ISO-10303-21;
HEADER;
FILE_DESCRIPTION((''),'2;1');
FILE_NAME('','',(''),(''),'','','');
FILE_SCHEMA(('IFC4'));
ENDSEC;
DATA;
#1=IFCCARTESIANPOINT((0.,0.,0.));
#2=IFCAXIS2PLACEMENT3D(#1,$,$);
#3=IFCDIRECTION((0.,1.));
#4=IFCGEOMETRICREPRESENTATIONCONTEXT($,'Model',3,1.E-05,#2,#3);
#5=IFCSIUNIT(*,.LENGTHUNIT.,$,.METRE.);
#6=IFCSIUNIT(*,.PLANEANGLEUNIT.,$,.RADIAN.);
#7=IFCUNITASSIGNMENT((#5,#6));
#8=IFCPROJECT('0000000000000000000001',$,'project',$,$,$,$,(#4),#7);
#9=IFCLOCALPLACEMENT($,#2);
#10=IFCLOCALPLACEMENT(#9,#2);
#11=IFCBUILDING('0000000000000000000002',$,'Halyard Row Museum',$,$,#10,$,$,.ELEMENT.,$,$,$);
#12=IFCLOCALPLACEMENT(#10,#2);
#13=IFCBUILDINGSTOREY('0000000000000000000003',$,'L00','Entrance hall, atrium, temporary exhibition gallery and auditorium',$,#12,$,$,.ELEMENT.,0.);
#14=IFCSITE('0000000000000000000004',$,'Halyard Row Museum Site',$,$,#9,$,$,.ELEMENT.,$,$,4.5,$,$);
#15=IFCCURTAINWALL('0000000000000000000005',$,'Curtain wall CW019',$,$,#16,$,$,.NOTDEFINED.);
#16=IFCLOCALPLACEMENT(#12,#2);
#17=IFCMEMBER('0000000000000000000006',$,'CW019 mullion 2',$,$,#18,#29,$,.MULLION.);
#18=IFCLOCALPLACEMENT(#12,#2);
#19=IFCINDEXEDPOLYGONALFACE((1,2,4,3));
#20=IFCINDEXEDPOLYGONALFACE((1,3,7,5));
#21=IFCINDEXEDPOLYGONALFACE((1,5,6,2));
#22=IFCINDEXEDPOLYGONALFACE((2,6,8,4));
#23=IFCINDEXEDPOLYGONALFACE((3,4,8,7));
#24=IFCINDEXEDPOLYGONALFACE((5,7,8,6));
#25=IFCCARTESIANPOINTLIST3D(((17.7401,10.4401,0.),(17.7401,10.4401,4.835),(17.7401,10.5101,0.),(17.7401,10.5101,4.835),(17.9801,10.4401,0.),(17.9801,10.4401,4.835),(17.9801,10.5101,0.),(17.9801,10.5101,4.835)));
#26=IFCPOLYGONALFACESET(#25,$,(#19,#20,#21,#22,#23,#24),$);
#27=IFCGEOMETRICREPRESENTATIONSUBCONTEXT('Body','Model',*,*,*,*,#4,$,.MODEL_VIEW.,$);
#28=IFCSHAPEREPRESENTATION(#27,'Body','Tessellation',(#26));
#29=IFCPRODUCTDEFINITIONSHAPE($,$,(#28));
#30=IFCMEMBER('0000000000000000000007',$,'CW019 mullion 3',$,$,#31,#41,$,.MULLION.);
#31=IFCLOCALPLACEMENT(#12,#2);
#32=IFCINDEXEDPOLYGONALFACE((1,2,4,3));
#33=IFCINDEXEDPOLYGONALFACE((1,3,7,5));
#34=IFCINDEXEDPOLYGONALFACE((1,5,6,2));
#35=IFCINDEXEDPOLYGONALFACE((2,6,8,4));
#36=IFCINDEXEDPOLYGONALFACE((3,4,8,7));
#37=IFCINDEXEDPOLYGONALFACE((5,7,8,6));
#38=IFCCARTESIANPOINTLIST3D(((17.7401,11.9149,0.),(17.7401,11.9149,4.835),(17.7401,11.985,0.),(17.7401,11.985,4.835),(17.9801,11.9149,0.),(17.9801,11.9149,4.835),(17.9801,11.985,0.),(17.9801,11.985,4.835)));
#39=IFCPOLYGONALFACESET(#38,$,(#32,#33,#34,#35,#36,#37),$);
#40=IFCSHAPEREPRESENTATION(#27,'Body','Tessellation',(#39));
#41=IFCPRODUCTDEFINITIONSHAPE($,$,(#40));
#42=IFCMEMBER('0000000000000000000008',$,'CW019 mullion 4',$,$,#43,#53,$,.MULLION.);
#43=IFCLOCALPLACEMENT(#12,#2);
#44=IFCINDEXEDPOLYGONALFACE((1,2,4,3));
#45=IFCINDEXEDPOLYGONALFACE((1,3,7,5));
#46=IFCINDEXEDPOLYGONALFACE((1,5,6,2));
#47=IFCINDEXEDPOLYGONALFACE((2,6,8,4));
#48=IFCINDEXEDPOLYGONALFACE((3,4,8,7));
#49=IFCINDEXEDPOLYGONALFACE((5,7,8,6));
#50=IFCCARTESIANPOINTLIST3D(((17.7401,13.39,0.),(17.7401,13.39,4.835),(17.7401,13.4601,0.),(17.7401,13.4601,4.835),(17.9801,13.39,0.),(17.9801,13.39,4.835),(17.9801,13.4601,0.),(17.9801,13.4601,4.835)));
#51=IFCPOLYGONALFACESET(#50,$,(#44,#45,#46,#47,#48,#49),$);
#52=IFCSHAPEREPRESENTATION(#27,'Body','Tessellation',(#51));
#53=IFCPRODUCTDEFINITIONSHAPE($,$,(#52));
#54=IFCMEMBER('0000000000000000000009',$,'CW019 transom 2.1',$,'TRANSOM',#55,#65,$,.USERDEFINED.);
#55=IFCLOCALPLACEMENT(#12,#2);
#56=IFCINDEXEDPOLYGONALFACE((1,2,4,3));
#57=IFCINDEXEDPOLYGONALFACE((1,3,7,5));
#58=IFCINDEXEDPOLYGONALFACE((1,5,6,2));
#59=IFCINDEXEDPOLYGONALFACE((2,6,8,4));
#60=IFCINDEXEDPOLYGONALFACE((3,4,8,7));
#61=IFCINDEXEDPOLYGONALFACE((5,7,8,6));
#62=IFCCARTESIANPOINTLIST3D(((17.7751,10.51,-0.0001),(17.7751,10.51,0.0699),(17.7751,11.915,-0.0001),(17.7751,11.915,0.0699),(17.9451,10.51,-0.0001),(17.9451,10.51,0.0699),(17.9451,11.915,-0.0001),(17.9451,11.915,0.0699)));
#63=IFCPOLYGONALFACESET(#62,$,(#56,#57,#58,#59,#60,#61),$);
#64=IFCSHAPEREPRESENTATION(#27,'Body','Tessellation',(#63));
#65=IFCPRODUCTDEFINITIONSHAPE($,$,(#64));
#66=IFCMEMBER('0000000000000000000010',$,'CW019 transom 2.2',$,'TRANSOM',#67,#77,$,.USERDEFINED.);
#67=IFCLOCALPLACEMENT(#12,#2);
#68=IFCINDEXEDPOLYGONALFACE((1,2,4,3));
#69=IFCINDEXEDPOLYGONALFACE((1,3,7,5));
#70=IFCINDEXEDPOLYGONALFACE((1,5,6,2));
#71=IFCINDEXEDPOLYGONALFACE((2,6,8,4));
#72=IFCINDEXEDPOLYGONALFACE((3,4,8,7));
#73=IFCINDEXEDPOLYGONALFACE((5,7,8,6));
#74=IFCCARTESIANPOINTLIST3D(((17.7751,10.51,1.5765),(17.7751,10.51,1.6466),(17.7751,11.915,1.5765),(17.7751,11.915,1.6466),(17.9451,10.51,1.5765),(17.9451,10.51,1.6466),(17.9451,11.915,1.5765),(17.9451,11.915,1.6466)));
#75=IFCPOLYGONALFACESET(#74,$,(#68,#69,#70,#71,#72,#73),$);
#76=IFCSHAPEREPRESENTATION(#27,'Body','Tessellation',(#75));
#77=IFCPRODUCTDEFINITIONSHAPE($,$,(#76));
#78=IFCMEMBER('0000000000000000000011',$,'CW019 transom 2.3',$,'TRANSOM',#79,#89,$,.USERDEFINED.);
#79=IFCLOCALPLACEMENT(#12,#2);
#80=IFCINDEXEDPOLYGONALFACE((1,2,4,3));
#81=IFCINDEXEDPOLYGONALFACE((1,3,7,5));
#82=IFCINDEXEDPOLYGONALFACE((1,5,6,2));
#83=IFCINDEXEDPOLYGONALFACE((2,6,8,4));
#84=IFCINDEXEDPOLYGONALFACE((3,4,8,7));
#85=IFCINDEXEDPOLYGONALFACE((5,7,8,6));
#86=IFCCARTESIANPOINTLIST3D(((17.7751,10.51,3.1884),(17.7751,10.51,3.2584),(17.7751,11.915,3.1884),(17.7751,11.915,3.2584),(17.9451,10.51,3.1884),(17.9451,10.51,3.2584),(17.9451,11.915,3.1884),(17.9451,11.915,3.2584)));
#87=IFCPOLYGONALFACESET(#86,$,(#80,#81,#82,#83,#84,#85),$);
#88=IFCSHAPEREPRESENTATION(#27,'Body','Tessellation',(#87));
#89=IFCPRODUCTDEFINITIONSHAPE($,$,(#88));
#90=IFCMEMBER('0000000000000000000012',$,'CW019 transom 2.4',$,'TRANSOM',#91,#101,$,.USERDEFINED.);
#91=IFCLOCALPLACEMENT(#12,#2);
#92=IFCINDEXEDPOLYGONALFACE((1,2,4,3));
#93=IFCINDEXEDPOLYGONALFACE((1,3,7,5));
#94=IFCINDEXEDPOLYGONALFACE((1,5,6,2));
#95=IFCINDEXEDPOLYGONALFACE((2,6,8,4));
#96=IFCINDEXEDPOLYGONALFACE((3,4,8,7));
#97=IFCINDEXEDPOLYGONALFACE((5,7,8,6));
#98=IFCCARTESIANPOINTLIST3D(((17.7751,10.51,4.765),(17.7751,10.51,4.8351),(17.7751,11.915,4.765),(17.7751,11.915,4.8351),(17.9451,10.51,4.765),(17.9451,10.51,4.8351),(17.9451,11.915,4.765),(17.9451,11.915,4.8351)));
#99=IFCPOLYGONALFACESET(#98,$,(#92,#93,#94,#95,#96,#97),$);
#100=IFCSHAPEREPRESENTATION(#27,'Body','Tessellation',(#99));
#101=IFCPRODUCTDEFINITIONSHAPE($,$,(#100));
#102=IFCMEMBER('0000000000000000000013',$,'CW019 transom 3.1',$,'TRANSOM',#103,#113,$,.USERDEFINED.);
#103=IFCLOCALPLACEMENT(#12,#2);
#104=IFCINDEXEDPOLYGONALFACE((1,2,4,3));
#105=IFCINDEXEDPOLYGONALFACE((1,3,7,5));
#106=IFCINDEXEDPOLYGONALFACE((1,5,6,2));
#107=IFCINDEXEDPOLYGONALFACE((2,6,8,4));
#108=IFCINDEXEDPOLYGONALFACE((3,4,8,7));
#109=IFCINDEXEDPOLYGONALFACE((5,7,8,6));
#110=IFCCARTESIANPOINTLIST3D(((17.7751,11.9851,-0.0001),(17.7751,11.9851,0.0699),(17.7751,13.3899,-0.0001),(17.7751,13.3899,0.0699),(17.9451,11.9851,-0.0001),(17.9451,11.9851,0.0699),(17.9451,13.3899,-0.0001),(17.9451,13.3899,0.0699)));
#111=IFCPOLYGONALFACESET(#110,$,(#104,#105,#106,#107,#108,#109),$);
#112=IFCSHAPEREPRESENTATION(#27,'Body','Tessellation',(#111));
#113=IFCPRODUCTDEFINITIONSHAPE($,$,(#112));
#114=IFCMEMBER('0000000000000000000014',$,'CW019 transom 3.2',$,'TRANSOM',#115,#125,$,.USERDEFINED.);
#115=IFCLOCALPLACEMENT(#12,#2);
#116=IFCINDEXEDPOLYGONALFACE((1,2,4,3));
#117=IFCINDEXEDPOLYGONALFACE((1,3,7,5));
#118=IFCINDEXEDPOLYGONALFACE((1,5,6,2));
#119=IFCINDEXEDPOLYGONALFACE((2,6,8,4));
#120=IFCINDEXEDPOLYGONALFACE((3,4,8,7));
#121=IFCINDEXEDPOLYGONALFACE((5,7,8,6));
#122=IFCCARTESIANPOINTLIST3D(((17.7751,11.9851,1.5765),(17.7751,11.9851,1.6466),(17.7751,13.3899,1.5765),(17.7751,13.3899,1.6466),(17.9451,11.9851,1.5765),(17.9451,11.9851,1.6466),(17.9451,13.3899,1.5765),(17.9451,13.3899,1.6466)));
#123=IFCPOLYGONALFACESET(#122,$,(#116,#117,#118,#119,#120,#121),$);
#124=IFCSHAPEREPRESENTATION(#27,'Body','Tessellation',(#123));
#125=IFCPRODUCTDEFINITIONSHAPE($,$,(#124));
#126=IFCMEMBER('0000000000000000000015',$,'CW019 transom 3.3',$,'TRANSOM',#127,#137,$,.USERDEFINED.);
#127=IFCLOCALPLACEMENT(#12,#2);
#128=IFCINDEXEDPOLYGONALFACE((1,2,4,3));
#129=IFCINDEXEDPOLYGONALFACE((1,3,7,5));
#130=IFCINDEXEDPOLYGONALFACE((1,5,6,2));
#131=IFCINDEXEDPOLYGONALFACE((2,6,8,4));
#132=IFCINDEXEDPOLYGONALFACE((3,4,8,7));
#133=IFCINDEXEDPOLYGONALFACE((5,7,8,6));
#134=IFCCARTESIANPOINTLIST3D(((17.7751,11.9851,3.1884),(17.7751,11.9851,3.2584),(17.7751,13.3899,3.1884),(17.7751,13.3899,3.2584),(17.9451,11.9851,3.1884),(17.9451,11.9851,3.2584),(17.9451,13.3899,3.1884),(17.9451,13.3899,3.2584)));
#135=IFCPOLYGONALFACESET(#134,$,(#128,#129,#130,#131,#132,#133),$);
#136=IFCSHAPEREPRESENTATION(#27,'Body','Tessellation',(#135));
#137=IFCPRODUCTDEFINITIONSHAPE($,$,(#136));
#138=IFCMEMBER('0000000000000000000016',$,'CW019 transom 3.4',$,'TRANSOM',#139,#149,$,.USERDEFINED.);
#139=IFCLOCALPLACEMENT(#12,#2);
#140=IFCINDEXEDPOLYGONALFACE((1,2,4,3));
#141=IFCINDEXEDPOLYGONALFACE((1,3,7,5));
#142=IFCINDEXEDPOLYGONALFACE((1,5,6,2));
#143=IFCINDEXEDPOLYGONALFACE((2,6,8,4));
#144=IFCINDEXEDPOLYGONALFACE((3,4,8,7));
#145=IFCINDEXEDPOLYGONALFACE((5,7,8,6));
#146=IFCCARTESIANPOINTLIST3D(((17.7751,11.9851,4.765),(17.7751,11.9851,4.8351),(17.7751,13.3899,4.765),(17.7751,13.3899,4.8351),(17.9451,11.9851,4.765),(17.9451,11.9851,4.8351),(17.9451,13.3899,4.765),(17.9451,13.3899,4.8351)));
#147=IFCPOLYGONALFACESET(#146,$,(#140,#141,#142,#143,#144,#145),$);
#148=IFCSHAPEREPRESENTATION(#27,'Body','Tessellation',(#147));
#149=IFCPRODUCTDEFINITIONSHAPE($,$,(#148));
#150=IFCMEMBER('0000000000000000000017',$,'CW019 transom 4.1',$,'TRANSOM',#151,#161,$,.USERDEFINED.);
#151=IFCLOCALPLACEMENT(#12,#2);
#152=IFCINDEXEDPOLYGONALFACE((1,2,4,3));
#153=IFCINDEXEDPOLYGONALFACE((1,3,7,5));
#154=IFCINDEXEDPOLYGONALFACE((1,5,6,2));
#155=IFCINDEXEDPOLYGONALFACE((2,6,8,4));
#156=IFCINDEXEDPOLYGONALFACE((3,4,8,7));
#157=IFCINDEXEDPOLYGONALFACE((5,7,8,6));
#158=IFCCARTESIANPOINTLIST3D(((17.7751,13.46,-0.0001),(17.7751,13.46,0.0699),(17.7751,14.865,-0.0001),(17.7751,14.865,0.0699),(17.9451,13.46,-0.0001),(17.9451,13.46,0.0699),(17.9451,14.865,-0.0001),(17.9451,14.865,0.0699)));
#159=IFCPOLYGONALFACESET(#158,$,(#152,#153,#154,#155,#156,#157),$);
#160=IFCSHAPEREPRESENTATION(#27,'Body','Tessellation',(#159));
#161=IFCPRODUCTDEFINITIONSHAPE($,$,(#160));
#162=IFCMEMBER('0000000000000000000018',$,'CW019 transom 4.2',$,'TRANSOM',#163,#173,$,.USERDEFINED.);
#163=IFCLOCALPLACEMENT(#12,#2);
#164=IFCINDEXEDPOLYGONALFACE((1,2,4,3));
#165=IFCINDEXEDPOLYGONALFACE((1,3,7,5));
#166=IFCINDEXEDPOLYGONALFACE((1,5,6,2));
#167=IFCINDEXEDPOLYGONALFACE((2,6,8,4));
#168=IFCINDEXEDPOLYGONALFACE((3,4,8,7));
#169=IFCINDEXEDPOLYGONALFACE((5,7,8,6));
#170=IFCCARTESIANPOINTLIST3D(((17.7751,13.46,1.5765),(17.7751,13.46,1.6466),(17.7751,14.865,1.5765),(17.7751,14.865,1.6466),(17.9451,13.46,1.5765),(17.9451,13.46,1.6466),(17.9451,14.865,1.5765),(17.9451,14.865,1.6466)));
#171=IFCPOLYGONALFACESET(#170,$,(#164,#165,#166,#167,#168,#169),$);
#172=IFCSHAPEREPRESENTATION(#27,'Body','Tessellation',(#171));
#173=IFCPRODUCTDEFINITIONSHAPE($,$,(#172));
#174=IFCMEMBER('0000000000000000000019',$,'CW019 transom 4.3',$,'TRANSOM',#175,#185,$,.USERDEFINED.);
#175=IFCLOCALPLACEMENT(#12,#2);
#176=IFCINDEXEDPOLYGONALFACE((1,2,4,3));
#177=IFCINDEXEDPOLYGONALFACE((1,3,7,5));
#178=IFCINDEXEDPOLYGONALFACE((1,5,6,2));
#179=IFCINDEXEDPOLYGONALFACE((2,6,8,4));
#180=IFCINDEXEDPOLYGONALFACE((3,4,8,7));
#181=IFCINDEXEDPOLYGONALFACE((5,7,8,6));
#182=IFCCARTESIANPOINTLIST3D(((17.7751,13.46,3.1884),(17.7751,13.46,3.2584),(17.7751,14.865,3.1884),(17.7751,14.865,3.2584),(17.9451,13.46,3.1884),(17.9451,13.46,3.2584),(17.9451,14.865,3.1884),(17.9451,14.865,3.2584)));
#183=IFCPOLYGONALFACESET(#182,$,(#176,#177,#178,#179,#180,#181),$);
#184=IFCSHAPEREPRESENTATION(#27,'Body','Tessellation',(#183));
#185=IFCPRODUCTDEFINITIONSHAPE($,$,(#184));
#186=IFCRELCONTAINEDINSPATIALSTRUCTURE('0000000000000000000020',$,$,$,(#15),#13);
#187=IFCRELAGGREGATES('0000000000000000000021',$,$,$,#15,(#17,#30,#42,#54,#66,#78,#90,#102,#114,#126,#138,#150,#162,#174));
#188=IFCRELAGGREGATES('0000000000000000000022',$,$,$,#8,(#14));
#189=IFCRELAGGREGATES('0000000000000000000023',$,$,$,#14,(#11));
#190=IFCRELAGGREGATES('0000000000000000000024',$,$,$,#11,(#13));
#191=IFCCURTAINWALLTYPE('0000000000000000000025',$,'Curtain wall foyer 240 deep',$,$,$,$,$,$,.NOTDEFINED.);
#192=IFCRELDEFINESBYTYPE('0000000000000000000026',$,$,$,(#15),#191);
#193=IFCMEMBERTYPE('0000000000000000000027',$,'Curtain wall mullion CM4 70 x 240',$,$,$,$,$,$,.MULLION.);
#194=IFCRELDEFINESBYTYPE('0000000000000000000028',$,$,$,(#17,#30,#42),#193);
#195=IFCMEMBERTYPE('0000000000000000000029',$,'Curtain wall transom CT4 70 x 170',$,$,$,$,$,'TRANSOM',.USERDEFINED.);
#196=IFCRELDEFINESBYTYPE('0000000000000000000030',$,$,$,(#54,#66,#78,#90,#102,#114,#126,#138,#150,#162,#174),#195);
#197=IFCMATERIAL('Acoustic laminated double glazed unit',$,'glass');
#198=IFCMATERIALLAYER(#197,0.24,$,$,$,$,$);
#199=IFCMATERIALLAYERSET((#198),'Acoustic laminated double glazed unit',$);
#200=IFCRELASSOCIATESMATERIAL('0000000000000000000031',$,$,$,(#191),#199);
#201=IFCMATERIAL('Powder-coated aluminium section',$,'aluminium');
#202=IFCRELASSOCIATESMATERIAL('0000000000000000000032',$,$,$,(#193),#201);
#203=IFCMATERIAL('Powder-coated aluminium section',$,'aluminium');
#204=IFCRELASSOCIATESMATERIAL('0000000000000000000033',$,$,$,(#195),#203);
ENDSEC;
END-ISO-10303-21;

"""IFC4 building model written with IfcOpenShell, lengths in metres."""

from ifc_helpers import new_model, si_unit, direction, frame, origin, origin_2d, place, context, subcontext, project, spatial, rectangle, extrude, material, layer, layer_set, material_profile, profile_set, type_object, element, aggregate, save


model = new_model("IFC4")

# Units and contexts
model_context = context("Model", 3, precision=1e-05, world=origin(), true_north=direction((0.0, 1.0)))
body_context = subcontext(model_context, "Body", "Model", "MODEL_VIEW")
ifc_project = project(units=[si_unit("LENGTHUNIT", "METRE"), si_unit("PLANEANGLEUNIT", "RADIAN")], contexts=[model_context])

# Site, building, storey
site_placement = place(None, origin())
site = spatial("IfcSite", under=ifc_project, at=site_placement, Name="Halyard Row Museum Site", CompositionType="ELEMENT", RefElevation=4.5)
building_placement = place(site_placement, origin())
building = spatial("IfcBuilding", under=site, at=building_placement, Name="Halyard Row Museum", CompositionType="ELEMENT")
storey_placement = place(building_placement, origin())
storey = spatial("IfcBuildingStorey", under=building, at=storey_placement, Name="L00", Description="Entrance hall, atrium, temporary exhibition gallery and auditorium", CompositionType="ELEMENT", Elevation=0.0)

# Curtain wall, members
ifc_material_1 = material(Name="Acoustic laminated double glazed unit", Category="glass")
ifc_layer_1 = layer(ifc_material_1, 0.24)
ifc_layer_set_1 = layer_set([ifc_layer_1], Name="Acoustic laminated double glazed unit")
curtain_wall_type = type_object("IfcCurtainWallType", Name="Curtain wall foyer 240 deep", PredefinedType="NOTDEFINED", material=ifc_layer_set_1)
curtain_wall_placement = place(storey_placement, origin())
curtain_wall = element("IfcCurtainWall", 1, at=curtain_wall_placement, inside=storey, type_object=curtain_wall_type, Name="Curtain wall CW019", PredefinedType="NOTDEFINED")
ifc_material_2 = material(Name="Powder-coated aluminium section", Category="aluminium")
ifc_material_profile_1 = material_profile(ifc_material_2, rectangle(XDim=0.24, YDim=0.0701, at=origin_2d()), Name="240x70 mullion")
ifc_profile_set_1 = profile_set([ifc_material_profile_1], Name="Powder-coated aluminium section")
member_type_1 = type_object("IfcMemberType", Name="Curtain wall mullion CM4 70 x 240", PredefinedType="MULLION", material=ifc_profile_set_1)
member_1_placement = place(storey_placement, frame((17.8601, 10.4751, 0.0), z_axis=(0.0, 0.0, 1.0), x_axis=(-1.0, 0.0, 0.0)))
member_1 = element("IfcMember", 2, at=member_1_placement, type_object=member_type_1, Name="CW019 mullion 2", PredefinedType="MULLION", context=body_context, shape_type="SweptSolid", body=[
    extrude(rectangle(XDim=0.24, YDim=0.0701, at=origin_2d()), origin(), (0.0, 0.0, 1.0), 4.835),
])
member_2_placement = place(storey_placement, frame((17.8601, 11.95, 0.0), z_axis=(0.0, 0.0, 1.0), x_axis=(-1.0, 0.0, 0.0)))
member_2 = element("IfcMember", 3, at=member_2_placement, type_object=member_type_1, Name="CW019 mullion 3", PredefinedType="MULLION", context=body_context, shape_type="SweptSolid", body=[
    extrude(rectangle(XDim=0.24, YDim=0.0701, at=origin_2d()), origin(), (0.0, 0.0, 1.0), 4.835),
])
member_3_placement = place(storey_placement, frame((17.8601, 13.425, 0.0), z_axis=(0.0, 0.0, 1.0), x_axis=(-1.0, 0.0, 0.0)))
member_3 = element("IfcMember", 4, at=member_3_placement, type_object=member_type_1, Name="CW019 mullion 4", PredefinedType="MULLION", context=body_context, shape_type="SweptSolid", body=[
    extrude(rectangle(XDim=0.24, YDim=0.0701, at=origin_2d()), origin(), (0.0, 0.0, 1.0), 4.835),
])
ifc_material_3 = material(Name="Powder-coated aluminium section", Category="aluminium")
ifc_material_profile_2 = material_profile(ifc_material_3, rectangle(XDim=0.1699, YDim=0.0701, at=origin_2d()), Name="170x70 transom")
ifc_profile_set_2 = profile_set([ifc_material_profile_2], Name="Powder-coated aluminium section")
member_type_2 = type_object("IfcMemberType", Name="Curtain wall transom CT4 70 x 170", ElementType="TRANSOM", PredefinedType="USERDEFINED", material=ifc_profile_set_2)
member_4_placement = place(storey_placement, frame((17.8601, 10.51, 0.0349), z_axis=(0.0, 1.0, 0.0), x_axis=(-1.0, 0.0, 0.0)))
member_4 = element("IfcMember", 5, at=member_4_placement, type_object=member_type_2, Name="CW019 transom 2.1", ObjectType="TRANSOM", PredefinedType="USERDEFINED", context=body_context, shape_type="SweptSolid", body=[
    extrude(rectangle(XDim=0.1699, YDim=0.0701, at=origin_2d()), origin(), (0.0, 0.0, 1.0), 1.405),
])
member_5_placement = place(storey_placement, frame((17.8601, 10.51, 1.6116), z_axis=(0.0, 1.0, 0.0), x_axis=(-1.0, 0.0, 0.0)))
member_5 = element("IfcMember", 6, at=member_5_placement, type_object=member_type_2, Name="CW019 transom 2.2", ObjectType="TRANSOM", PredefinedType="USERDEFINED", context=body_context, shape_type="SweptSolid", body=[
    extrude(rectangle(XDim=0.1699, YDim=0.0701, at=origin_2d()), origin(), (0.0, 0.0, 1.0), 1.405),
])
member_6_placement = place(storey_placement, frame((17.8601, 10.51, 3.2234), z_axis=(0.0, 1.0, 0.0), x_axis=(-1.0, 0.0, 0.0)))
member_6 = element("IfcMember", 7, at=member_6_placement, type_object=member_type_2, Name="CW019 transom 2.3", ObjectType="TRANSOM", PredefinedType="USERDEFINED", context=body_context, shape_type="SweptSolid", body=[
    extrude(rectangle(XDim=0.1699, YDim=0.0701, at=origin_2d()), origin(), (0.0, 0.0, 1.0), 1.405),
])
member_7_placement = place(storey_placement, frame((17.8601, 10.51, 4.8), z_axis=(0.0, 1.0, 0.0), x_axis=(-1.0, 0.0, 0.0)))
member_7 = element("IfcMember", 8, at=member_7_placement, type_object=member_type_2, Name="CW019 transom 2.4", ObjectType="TRANSOM", PredefinedType="USERDEFINED", context=body_context, shape_type="SweptSolid", body=[
    extrude(rectangle(XDim=0.1699, YDim=0.0701, at=origin_2d()), origin(), (0.0, 0.0, 1.0), 1.405),
])
member_8_placement = place(storey_placement, frame((17.8601, 11.9851, 0.0349), z_axis=(0.0, 1.0, 0.0), x_axis=(-1.0, 0.0, 0.0)))
member_8 = element("IfcMember", 9, at=member_8_placement, type_object=member_type_2, Name="CW019 transom 3.1", ObjectType="TRANSOM", PredefinedType="USERDEFINED", context=body_context, shape_type="SweptSolid", body=[
    extrude(rectangle(XDim=0.1699, YDim=0.0701, at=origin_2d()), origin(), (0.0, 0.0, 1.0), 1.4048),
])
member_9_placement = place(storey_placement, frame((17.8601, 11.9851, 1.6116), z_axis=(0.0, 1.0, 0.0), x_axis=(-1.0, 0.0, 0.0)))
member_9 = element("IfcMember", 10, at=member_9_placement, type_object=member_type_2, Name="CW019 transom 3.2", ObjectType="TRANSOM", PredefinedType="USERDEFINED", context=body_context, shape_type="SweptSolid", body=[
    extrude(rectangle(XDim=0.1699, YDim=0.0701, at=origin_2d()), origin(), (0.0, 0.0, 1.0), 1.4048),
])
member_10_placement = place(storey_placement, frame((17.8601, 11.9851, 3.2234), z_axis=(0.0, 1.0, 0.0), x_axis=(-1.0, 0.0, 0.0)))
member_10 = element("IfcMember", 11, at=member_10_placement, type_object=member_type_2, Name="CW019 transom 3.3", ObjectType="TRANSOM", PredefinedType="USERDEFINED", context=body_context, shape_type="SweptSolid", body=[
    extrude(rectangle(XDim=0.1699, YDim=0.0701, at=origin_2d()), origin(), (0.0, 0.0, 1.0), 1.4048),
])
member_11_placement = place(storey_placement, frame((17.8601, 11.9851, 4.8), z_axis=(0.0, 1.0, 0.0), x_axis=(-1.0, 0.0, 0.0)))
member_11 = element("IfcMember", 12, at=member_11_placement, type_object=member_type_2, Name="CW019 transom 3.4", ObjectType="TRANSOM", PredefinedType="USERDEFINED", context=body_context, shape_type="SweptSolid", body=[
    extrude(rectangle(XDim=0.1699, YDim=0.0701, at=origin_2d()), origin(), (0.0, 0.0, 1.0), 1.4048),
])
member_12_placement = place(storey_placement, frame((17.8601, 13.46, 0.0349), z_axis=(0.0, 1.0, 0.0), x_axis=(-1.0, 0.0, 0.0)))
member_12 = element("IfcMember", 13, at=member_12_placement, type_object=member_type_2, Name="CW019 transom 4.1", ObjectType="TRANSOM", PredefinedType="USERDEFINED", context=body_context, shape_type="SweptSolid", body=[
    extrude(rectangle(XDim=0.1699, YDim=0.0701, at=origin_2d()), origin(), (0.0, 0.0, 1.0), 1.405),
])
member_13_placement = place(storey_placement, frame((17.8601, 13.46, 1.6116), z_axis=(0.0, 1.0, 0.0), x_axis=(-1.0, 0.0, 0.0)))
member_13 = element("IfcMember", 14, at=member_13_placement, type_object=member_type_2, Name="CW019 transom 4.2", ObjectType="TRANSOM", PredefinedType="USERDEFINED", context=body_context, shape_type="SweptSolid", body=[
    extrude(rectangle(XDim=0.1699, YDim=0.0701, at=origin_2d()), origin(), (0.0, 0.0, 1.0), 1.405),
])
member_14_placement = place(storey_placement, frame((17.8601, 13.46, 3.2234), z_axis=(0.0, 1.0, 0.0), x_axis=(-1.0, 0.0, 0.0)))
member_14 = element("IfcMember", 15, at=member_14_placement, type_object=member_type_2, Name="CW019 transom 4.3", ObjectType="TRANSOM", PredefinedType="USERDEFINED", context=body_context, shape_type="SweptSolid", body=[
    extrude(rectangle(XDim=0.1699, YDim=0.0701, at=origin_2d()), origin(), (0.0, 0.0, 1.0), 1.405),
])
aggregate(curtain_wall, [member_1, member_2, member_3, member_4, member_5, member_6, member_7, member_8, member_9, member_10, member_11, member_12, member_13, member_14])

save(model, "model.ifc")
